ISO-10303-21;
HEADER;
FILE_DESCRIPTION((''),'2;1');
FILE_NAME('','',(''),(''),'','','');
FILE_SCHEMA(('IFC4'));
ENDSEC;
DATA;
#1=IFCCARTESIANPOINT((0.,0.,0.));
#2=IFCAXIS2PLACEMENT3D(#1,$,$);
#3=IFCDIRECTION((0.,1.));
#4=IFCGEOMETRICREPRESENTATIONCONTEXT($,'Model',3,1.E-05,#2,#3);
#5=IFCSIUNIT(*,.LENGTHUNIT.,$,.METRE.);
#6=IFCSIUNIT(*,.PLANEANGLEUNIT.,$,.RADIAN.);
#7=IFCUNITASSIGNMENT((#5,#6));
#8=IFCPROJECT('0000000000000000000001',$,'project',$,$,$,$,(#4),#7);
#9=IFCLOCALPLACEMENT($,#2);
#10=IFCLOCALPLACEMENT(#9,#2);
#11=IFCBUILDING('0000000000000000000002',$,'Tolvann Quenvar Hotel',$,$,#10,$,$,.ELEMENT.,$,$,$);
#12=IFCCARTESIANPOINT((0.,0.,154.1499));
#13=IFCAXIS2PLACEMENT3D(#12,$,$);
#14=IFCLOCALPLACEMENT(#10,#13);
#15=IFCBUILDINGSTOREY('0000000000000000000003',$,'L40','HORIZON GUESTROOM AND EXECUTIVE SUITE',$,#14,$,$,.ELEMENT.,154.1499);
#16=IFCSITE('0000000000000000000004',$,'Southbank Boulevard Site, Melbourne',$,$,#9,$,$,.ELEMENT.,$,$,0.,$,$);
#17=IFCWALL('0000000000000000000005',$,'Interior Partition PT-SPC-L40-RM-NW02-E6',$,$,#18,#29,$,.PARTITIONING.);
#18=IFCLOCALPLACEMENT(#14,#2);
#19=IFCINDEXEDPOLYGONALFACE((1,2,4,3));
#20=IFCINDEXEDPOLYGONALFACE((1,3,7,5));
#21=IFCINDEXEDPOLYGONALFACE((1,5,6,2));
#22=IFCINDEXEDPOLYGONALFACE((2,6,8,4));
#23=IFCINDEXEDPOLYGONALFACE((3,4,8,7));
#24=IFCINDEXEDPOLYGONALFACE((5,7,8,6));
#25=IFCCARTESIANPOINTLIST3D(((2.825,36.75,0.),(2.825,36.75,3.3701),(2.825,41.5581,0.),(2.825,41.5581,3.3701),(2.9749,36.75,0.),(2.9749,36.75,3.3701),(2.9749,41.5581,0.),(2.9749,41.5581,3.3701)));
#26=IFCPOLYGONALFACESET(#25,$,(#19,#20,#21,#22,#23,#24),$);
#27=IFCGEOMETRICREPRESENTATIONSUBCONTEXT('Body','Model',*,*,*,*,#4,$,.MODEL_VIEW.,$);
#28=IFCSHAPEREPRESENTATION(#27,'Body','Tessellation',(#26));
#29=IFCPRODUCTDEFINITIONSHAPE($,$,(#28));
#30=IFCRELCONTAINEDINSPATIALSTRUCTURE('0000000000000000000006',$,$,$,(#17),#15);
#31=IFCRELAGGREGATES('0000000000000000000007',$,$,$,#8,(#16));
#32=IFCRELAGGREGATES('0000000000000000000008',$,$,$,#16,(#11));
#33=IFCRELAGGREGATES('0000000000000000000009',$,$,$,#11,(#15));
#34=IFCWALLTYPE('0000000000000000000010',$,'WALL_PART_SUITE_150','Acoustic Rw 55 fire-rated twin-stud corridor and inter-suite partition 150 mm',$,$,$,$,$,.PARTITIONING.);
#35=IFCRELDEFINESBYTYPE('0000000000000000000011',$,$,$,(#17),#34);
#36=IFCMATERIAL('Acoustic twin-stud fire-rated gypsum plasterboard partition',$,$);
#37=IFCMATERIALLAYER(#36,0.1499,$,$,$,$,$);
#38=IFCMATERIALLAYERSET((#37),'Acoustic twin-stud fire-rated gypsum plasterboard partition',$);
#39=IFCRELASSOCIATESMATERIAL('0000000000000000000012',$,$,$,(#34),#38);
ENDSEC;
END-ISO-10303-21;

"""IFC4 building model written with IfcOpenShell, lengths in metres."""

from ifc_helpers import new_model, si_unit, direction, frame, frame_2d, origin, place, context, subcontext, project, spatial, rectangle, extrude, material, layer, layer_set, type_object, element, save


model = new_model("IFC4")

# Units and contexts
model_context = context("Model", 3, precision=1e-05, world=origin(), true_north=direction((0.0, 1.0)))
body_context = subcontext(model_context, "Body", "Model", "MODEL_VIEW")
ifc_project = project(units=[si_unit("LENGTHUNIT", "METRE"), si_unit("PLANEANGLEUNIT", "RADIAN")], contexts=[model_context])

# Site, building, storey
site_placement = place(None, origin())
site = spatial("IfcSite", under=ifc_project, at=site_placement, Name="Southbank Boulevard Site, Melbourne", CompositionType="ELEMENT", RefElevation=0.0)
building_placement = place(site_placement, origin())
building = spatial("IfcBuilding", under=site, at=building_placement, Name="Tolvann Quenvar Hotel", CompositionType="ELEMENT")
storey_placement = place(building_placement, frame((0.0, 0.0, 154.1499)))
storey = spatial("IfcBuildingStorey", under=building, at=storey_placement, Name="L40", Description="HORIZON GUESTROOM AND EXECUTIVE SUITE", CompositionType="ELEMENT", Elevation=154.1499)

# Shared definitions
ifc_material_1 = material(Name="Acoustic twin-stud fire-rated gypsum plasterboard partition")
ifc_layer_1 = layer(ifc_material_1, 0.1499)
ifc_layer_set_1 = layer_set([ifc_layer_1], Name="Acoustic twin-stud fire-rated gypsum plasterboard partition")
wall_type_1 = type_object("IfcWallType", Name="WALL_PART_SUITE_150", Description="Acoustic Rw 55 fire-rated twin-stud corridor and inter-suite partition 150 mm", PredefinedType="PARTITIONING", material=ifc_layer_set_1)

# Wall
wall_1_placement = place(storey_placement, frame((2.8999, 36.75, 0.0), z_axis=(0.0, 0.0, 1.0), x_axis=(0.0, 1.0, 0.0)))
element("IfcWall", 1, at=wall_1_placement, inside=storey, type_object=wall_type_1, Name="Interior Partition PT-SPC-L40-RM-NW02-E6", PredefinedType="PARTITIONING", context=body_context, shape_type="SweptSolid", body=[
    extrude(rectangle(XDim=4.8081, YDim=0.1499, at=frame_2d((2.4041, 0.0))), origin(), (0.0, 0.0, 1.0), 3.3701),
])

save(model, "model.ifc")
